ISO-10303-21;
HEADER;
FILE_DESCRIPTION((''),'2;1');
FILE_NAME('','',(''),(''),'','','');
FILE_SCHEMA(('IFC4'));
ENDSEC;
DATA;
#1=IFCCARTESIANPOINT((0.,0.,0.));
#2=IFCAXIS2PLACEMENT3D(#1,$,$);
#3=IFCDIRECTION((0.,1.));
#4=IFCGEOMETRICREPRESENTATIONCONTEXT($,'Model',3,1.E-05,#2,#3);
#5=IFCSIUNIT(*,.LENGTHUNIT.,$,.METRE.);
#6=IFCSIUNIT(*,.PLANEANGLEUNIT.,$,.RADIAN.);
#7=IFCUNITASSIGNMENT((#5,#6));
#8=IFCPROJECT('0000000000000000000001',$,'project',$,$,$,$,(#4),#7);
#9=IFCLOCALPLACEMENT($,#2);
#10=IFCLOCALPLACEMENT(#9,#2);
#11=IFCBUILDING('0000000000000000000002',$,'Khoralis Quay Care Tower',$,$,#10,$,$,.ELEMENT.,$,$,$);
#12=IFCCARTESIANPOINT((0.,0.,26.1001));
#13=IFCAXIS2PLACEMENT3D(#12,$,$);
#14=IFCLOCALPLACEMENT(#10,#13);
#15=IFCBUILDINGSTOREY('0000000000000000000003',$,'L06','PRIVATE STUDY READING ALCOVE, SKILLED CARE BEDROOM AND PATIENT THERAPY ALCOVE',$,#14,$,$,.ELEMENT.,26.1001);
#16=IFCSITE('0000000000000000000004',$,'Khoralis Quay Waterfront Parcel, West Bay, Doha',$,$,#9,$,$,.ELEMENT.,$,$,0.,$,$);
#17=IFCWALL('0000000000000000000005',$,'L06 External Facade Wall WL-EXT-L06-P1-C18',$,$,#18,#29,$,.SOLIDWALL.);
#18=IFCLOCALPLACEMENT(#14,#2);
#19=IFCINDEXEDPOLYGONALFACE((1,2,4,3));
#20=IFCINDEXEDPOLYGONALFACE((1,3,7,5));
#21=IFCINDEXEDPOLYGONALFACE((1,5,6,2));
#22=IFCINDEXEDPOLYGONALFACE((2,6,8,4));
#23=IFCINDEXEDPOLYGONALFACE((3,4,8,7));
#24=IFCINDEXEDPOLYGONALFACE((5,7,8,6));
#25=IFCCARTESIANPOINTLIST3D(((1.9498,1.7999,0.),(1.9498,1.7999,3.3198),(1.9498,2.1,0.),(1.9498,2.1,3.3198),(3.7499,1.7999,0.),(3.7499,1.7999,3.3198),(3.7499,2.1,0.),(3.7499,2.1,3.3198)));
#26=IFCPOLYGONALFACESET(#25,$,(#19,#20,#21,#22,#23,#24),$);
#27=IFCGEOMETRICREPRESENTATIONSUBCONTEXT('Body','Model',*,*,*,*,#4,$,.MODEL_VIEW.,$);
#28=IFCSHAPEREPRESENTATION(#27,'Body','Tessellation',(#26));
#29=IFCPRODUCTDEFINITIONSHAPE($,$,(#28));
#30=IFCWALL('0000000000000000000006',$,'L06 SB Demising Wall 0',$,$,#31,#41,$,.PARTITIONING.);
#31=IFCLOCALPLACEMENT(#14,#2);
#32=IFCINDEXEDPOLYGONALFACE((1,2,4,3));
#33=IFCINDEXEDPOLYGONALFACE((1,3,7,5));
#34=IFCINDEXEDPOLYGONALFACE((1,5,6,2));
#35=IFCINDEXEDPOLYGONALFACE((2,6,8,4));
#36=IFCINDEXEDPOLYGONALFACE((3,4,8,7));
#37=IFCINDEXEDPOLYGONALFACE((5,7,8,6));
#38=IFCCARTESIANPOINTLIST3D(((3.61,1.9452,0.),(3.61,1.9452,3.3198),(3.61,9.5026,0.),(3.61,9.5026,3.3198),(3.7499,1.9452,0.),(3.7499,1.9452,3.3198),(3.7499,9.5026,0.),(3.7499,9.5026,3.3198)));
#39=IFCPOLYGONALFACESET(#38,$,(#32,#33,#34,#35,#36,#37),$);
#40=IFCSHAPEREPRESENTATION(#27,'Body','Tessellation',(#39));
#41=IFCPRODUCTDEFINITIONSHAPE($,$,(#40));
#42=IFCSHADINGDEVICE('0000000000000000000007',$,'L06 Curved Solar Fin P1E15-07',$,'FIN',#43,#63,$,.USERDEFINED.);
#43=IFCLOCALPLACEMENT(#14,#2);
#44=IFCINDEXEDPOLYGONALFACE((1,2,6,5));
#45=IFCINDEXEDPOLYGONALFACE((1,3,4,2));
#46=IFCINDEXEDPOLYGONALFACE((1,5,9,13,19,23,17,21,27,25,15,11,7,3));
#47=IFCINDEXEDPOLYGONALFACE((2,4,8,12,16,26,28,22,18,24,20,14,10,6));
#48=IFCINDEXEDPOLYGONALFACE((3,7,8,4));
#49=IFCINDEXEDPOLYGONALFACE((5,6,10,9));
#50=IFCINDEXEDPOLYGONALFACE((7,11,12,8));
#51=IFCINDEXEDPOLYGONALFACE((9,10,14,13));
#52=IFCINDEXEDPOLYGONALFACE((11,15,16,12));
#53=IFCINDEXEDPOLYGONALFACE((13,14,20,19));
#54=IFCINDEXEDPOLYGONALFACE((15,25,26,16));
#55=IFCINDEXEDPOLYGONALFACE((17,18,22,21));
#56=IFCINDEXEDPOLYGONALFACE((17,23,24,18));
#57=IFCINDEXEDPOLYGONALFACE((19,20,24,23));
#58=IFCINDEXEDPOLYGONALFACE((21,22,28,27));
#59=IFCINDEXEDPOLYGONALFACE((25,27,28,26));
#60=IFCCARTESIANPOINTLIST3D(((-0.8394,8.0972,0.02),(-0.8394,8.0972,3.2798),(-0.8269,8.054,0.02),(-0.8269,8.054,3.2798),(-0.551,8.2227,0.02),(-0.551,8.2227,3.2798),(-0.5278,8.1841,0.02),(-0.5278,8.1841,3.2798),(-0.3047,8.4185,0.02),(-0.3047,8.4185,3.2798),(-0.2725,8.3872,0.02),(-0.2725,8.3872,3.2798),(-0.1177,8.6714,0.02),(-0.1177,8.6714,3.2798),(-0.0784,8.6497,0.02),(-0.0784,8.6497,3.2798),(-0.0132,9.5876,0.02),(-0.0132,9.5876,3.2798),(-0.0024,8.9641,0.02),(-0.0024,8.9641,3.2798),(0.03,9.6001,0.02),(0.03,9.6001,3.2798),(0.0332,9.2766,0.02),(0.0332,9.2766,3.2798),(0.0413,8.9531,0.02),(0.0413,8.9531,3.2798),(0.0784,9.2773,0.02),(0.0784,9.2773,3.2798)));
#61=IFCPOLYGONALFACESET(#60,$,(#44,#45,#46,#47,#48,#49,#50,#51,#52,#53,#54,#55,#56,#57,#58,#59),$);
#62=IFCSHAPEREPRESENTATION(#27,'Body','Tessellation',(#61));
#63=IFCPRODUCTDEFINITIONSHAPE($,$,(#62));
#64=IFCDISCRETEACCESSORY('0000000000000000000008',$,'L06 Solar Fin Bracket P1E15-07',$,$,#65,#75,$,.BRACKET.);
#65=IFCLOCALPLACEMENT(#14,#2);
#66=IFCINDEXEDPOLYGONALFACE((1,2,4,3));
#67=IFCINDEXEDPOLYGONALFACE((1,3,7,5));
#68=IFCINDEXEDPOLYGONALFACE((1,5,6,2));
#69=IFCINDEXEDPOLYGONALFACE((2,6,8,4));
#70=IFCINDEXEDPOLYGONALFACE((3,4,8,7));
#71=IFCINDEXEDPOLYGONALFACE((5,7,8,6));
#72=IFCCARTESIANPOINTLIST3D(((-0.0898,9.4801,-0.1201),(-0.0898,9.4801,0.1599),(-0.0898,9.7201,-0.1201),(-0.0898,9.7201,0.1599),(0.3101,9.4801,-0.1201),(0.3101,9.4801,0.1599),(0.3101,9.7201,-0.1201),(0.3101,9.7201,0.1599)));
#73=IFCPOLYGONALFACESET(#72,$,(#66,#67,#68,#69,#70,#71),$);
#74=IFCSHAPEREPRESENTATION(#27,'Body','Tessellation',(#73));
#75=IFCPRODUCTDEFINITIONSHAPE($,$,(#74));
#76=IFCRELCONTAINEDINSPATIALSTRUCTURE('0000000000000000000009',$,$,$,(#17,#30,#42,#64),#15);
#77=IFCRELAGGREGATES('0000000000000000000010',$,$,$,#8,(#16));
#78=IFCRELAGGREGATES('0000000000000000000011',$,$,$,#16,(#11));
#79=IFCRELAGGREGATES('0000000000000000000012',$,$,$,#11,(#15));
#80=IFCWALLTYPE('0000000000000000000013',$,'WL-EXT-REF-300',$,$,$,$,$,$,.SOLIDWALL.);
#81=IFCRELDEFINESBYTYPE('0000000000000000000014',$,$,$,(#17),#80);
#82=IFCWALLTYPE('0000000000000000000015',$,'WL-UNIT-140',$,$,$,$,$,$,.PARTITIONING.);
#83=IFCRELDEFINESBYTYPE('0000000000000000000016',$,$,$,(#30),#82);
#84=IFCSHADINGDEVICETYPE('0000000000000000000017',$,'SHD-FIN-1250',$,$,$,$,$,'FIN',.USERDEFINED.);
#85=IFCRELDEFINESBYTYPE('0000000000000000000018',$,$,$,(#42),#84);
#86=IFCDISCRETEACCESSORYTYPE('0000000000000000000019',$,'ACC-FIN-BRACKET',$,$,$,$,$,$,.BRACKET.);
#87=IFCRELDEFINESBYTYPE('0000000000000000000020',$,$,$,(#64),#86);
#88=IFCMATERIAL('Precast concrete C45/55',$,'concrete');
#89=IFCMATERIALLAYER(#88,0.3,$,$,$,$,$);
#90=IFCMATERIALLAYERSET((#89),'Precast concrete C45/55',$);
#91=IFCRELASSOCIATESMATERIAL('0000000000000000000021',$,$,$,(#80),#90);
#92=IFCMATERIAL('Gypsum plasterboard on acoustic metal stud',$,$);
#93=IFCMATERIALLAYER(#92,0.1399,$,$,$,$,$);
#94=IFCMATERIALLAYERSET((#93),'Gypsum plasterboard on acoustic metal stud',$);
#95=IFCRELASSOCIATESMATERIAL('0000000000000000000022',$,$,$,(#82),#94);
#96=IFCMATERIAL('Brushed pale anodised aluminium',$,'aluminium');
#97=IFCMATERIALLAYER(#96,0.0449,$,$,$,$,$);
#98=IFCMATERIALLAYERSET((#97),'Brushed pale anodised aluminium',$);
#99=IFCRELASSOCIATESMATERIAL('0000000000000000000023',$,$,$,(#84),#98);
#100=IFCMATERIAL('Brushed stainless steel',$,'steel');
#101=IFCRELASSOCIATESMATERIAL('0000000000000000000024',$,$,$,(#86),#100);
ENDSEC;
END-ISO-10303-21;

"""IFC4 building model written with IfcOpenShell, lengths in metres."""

from ifc_helpers import new_model, si_unit, direction, frame, frame_2d, origin, origin_2d, place, context, subcontext, project, spatial, polyline, rectangle, outline, extrude, source, transform, mapped, material, layer, layer_set, type_object, element, save


model = new_model("IFC4")

# Units and contexts
model_context = context("Model", 3, precision=1e-05, world=origin(), true_north=direction((0.0, 1.0)))
body_context = subcontext(model_context, "Body", "Model", "MODEL_VIEW")
ifc_project = project(units=[si_unit("LENGTHUNIT", "METRE"), si_unit("PLANEANGLEUNIT", "RADIAN")], contexts=[model_context])

# Site, building, storey
site_placement = place(None, origin())
site = spatial("IfcSite", under=ifc_project, at=site_placement, Name="Khoralis Quay Waterfront Parcel, West Bay, Doha", CompositionType="ELEMENT", RefElevation=0.0)
building_placement = place(site_placement, origin())
building = spatial("IfcBuilding", under=site, at=building_placement, Name="Khoralis Quay Care Tower", CompositionType="ELEMENT")
storey_placement = place(building_placement, frame((0.0, 0.0, 26.1001)))
storey = spatial("IfcBuildingStorey", under=building, at=storey_placement, Name="L06", Description="PRIVATE STUDY READING ALCOVE, SKILLED CARE BEDROOM AND PATIENT THERAPY ALCOVE", CompositionType="ELEMENT", Elevation=26.1001)

# Shared definitions
ifc_material_1 = material(Name="Gypsum plasterboard on acoustic metal stud")

# Walls
ifc_material_2 = material(Name="Precast concrete C45/55", Category="concrete")
ifc_layer_1 = layer(ifc_material_2, 0.3)
ifc_layer_set_1 = layer_set([ifc_layer_1], Name="Precast concrete C45/55")
wall_type_1 = type_object("IfcWallType", Name="WL-EXT-REF-300", PredefinedType="SOLIDWALL", material=ifc_layer_set_1)
for number, where, z_axis, x_axis, name in (
    (1, (1.95, 1.95, 0.0), (0.0, 0.0, 1.0), (1.0, 0.0, 0.0), "L06 External Facade Wall WL-EXT-L06-P1-C18"),
):
    element("IfcWall", number, at=place(storey_placement, frame(where, z_axis=z_axis, x_axis=x_axis)), inside=storey, type_object=wall_type_1, Name=name, PredefinedType="SOLIDWALL", context=body_context, shape_type="SweptSolid", body=[
        extrude(rectangle(XDim=1.8, YDim=0.3, at=frame_2d((0.8999, 0.0))), origin(), (0.0, 0.0, 1.0), 3.3198),
    ])
ifc_layer_2 = layer(ifc_material_1, 0.1399)
ifc_layer_set_2 = layer_set([ifc_layer_2], Name="Gypsum plasterboard on acoustic metal stud")
wall_type_2 = type_object("IfcWallType", Name="WL-UNIT-140", PredefinedType="PARTITIONING", material=ifc_layer_set_2)
wall_1_placement = place(storey_placement, frame((3.6799, 1.9451, 0.0), z_axis=(0.0, 0.0, 1.0), x_axis=(0.0, 1.0, 0.0)))
element("IfcWall", 2, at=wall_1_placement, inside=storey, type_object=wall_type_2, Name="L06 SB Demising Wall 0", PredefinedType="PARTITIONING", context=body_context, shape_type="SweptSolid", body=[
    extrude(rectangle(XDim=7.5574, YDim=0.1399, at=frame_2d((3.7788, 0.0))), origin(), (0.0, 0.0, 1.0), 3.3198),
])

# Shading device
ifc_material_3 = material(Name="Brushed pale anodised aluminium", Category="aluminium")
ifc_layer_3 = layer(ifc_material_3, 0.0449)
ifc_layer_set_3 = layer_set([ifc_layer_3], Name="Brushed pale anodised aluminium")
shading_device_type = type_object("IfcShadingDeviceType", Name="SHD-FIN-1250", ElementType="FIN", PredefinedType="USERDEFINED", material=ifc_layer_set_3)
shared_shape_1 = source(origin(), body_context, "Body", "SweptSolid", [
    extrude(outline(polyline([(0.0, 0.0), (-0.0483, 0.3228), (-0.0112, 0.647), (0.1084, 0.9504), (0.3025, 1.2129), (0.5579, 1.416), (0.8569, 1.5461), (0.8694, 1.5029), (0.5811, 1.3774), (0.3347, 1.1816), (0.1477, 0.9287), (0.0325, 0.636), (-0.0032, 0.3235), (0.0432, 0.0125), (0.0, 0.0)])), origin(), (0.0, 0.0, 1.0), 3.2598),
])
shading_device_placement = place(storey_placement, frame((0.03, 9.6001, 0.02), z_axis=(0.0, 0.0, 1.0), x_axis=(-1.0, 0.0, 0.0)))
element("IfcShadingDevice", 3, at=shading_device_placement, inside=storey, type_object=shading_device_type, Name="L06 Curved Solar Fin P1E15-07", ObjectType="FIN", PredefinedType="USERDEFINED", context=body_context, shape_type="MappedRepresentation", body=[
    mapped(shared_shape_1, transform((0.0, 0.0, 0.0), scale=1.0)),
])

# Discrete accessory
ifc_material_4 = material(Name="Brushed stainless steel", Category="steel")
discrete_accessory_type = type_object("IfcDiscreteAccessoryType", Name="ACC-FIN-BRACKET", PredefinedType="BRACKET", material=ifc_material_4)
shared_shape_2 = source(origin(), body_context, "Body", "SweptSolid", [
    extrude(rectangle(XDim=0.3999, YDim=0.24, at=origin_2d()), origin(), (0.0, 0.0, 1.0), 0.28),
])
discrete_accessory_placement = place(storey_placement, frame((0.1101, 9.6001, -0.1201), z_axis=(0.0, 0.0, 1.0), x_axis=(-1.0, 0.0, 0.0)))
element("IfcDiscreteAccessory", 4, at=discrete_accessory_placement, inside=storey, type_object=discrete_accessory_type, Name="L06 Solar Fin Bracket P1E15-07", PredefinedType="BRACKET", context=body_context, shape_type="MappedRepresentation", body=[
    mapped(shared_shape_2, transform((0.0, 0.0, 0.0), scale=1.0)),
])

save(model, "model.ifc")
